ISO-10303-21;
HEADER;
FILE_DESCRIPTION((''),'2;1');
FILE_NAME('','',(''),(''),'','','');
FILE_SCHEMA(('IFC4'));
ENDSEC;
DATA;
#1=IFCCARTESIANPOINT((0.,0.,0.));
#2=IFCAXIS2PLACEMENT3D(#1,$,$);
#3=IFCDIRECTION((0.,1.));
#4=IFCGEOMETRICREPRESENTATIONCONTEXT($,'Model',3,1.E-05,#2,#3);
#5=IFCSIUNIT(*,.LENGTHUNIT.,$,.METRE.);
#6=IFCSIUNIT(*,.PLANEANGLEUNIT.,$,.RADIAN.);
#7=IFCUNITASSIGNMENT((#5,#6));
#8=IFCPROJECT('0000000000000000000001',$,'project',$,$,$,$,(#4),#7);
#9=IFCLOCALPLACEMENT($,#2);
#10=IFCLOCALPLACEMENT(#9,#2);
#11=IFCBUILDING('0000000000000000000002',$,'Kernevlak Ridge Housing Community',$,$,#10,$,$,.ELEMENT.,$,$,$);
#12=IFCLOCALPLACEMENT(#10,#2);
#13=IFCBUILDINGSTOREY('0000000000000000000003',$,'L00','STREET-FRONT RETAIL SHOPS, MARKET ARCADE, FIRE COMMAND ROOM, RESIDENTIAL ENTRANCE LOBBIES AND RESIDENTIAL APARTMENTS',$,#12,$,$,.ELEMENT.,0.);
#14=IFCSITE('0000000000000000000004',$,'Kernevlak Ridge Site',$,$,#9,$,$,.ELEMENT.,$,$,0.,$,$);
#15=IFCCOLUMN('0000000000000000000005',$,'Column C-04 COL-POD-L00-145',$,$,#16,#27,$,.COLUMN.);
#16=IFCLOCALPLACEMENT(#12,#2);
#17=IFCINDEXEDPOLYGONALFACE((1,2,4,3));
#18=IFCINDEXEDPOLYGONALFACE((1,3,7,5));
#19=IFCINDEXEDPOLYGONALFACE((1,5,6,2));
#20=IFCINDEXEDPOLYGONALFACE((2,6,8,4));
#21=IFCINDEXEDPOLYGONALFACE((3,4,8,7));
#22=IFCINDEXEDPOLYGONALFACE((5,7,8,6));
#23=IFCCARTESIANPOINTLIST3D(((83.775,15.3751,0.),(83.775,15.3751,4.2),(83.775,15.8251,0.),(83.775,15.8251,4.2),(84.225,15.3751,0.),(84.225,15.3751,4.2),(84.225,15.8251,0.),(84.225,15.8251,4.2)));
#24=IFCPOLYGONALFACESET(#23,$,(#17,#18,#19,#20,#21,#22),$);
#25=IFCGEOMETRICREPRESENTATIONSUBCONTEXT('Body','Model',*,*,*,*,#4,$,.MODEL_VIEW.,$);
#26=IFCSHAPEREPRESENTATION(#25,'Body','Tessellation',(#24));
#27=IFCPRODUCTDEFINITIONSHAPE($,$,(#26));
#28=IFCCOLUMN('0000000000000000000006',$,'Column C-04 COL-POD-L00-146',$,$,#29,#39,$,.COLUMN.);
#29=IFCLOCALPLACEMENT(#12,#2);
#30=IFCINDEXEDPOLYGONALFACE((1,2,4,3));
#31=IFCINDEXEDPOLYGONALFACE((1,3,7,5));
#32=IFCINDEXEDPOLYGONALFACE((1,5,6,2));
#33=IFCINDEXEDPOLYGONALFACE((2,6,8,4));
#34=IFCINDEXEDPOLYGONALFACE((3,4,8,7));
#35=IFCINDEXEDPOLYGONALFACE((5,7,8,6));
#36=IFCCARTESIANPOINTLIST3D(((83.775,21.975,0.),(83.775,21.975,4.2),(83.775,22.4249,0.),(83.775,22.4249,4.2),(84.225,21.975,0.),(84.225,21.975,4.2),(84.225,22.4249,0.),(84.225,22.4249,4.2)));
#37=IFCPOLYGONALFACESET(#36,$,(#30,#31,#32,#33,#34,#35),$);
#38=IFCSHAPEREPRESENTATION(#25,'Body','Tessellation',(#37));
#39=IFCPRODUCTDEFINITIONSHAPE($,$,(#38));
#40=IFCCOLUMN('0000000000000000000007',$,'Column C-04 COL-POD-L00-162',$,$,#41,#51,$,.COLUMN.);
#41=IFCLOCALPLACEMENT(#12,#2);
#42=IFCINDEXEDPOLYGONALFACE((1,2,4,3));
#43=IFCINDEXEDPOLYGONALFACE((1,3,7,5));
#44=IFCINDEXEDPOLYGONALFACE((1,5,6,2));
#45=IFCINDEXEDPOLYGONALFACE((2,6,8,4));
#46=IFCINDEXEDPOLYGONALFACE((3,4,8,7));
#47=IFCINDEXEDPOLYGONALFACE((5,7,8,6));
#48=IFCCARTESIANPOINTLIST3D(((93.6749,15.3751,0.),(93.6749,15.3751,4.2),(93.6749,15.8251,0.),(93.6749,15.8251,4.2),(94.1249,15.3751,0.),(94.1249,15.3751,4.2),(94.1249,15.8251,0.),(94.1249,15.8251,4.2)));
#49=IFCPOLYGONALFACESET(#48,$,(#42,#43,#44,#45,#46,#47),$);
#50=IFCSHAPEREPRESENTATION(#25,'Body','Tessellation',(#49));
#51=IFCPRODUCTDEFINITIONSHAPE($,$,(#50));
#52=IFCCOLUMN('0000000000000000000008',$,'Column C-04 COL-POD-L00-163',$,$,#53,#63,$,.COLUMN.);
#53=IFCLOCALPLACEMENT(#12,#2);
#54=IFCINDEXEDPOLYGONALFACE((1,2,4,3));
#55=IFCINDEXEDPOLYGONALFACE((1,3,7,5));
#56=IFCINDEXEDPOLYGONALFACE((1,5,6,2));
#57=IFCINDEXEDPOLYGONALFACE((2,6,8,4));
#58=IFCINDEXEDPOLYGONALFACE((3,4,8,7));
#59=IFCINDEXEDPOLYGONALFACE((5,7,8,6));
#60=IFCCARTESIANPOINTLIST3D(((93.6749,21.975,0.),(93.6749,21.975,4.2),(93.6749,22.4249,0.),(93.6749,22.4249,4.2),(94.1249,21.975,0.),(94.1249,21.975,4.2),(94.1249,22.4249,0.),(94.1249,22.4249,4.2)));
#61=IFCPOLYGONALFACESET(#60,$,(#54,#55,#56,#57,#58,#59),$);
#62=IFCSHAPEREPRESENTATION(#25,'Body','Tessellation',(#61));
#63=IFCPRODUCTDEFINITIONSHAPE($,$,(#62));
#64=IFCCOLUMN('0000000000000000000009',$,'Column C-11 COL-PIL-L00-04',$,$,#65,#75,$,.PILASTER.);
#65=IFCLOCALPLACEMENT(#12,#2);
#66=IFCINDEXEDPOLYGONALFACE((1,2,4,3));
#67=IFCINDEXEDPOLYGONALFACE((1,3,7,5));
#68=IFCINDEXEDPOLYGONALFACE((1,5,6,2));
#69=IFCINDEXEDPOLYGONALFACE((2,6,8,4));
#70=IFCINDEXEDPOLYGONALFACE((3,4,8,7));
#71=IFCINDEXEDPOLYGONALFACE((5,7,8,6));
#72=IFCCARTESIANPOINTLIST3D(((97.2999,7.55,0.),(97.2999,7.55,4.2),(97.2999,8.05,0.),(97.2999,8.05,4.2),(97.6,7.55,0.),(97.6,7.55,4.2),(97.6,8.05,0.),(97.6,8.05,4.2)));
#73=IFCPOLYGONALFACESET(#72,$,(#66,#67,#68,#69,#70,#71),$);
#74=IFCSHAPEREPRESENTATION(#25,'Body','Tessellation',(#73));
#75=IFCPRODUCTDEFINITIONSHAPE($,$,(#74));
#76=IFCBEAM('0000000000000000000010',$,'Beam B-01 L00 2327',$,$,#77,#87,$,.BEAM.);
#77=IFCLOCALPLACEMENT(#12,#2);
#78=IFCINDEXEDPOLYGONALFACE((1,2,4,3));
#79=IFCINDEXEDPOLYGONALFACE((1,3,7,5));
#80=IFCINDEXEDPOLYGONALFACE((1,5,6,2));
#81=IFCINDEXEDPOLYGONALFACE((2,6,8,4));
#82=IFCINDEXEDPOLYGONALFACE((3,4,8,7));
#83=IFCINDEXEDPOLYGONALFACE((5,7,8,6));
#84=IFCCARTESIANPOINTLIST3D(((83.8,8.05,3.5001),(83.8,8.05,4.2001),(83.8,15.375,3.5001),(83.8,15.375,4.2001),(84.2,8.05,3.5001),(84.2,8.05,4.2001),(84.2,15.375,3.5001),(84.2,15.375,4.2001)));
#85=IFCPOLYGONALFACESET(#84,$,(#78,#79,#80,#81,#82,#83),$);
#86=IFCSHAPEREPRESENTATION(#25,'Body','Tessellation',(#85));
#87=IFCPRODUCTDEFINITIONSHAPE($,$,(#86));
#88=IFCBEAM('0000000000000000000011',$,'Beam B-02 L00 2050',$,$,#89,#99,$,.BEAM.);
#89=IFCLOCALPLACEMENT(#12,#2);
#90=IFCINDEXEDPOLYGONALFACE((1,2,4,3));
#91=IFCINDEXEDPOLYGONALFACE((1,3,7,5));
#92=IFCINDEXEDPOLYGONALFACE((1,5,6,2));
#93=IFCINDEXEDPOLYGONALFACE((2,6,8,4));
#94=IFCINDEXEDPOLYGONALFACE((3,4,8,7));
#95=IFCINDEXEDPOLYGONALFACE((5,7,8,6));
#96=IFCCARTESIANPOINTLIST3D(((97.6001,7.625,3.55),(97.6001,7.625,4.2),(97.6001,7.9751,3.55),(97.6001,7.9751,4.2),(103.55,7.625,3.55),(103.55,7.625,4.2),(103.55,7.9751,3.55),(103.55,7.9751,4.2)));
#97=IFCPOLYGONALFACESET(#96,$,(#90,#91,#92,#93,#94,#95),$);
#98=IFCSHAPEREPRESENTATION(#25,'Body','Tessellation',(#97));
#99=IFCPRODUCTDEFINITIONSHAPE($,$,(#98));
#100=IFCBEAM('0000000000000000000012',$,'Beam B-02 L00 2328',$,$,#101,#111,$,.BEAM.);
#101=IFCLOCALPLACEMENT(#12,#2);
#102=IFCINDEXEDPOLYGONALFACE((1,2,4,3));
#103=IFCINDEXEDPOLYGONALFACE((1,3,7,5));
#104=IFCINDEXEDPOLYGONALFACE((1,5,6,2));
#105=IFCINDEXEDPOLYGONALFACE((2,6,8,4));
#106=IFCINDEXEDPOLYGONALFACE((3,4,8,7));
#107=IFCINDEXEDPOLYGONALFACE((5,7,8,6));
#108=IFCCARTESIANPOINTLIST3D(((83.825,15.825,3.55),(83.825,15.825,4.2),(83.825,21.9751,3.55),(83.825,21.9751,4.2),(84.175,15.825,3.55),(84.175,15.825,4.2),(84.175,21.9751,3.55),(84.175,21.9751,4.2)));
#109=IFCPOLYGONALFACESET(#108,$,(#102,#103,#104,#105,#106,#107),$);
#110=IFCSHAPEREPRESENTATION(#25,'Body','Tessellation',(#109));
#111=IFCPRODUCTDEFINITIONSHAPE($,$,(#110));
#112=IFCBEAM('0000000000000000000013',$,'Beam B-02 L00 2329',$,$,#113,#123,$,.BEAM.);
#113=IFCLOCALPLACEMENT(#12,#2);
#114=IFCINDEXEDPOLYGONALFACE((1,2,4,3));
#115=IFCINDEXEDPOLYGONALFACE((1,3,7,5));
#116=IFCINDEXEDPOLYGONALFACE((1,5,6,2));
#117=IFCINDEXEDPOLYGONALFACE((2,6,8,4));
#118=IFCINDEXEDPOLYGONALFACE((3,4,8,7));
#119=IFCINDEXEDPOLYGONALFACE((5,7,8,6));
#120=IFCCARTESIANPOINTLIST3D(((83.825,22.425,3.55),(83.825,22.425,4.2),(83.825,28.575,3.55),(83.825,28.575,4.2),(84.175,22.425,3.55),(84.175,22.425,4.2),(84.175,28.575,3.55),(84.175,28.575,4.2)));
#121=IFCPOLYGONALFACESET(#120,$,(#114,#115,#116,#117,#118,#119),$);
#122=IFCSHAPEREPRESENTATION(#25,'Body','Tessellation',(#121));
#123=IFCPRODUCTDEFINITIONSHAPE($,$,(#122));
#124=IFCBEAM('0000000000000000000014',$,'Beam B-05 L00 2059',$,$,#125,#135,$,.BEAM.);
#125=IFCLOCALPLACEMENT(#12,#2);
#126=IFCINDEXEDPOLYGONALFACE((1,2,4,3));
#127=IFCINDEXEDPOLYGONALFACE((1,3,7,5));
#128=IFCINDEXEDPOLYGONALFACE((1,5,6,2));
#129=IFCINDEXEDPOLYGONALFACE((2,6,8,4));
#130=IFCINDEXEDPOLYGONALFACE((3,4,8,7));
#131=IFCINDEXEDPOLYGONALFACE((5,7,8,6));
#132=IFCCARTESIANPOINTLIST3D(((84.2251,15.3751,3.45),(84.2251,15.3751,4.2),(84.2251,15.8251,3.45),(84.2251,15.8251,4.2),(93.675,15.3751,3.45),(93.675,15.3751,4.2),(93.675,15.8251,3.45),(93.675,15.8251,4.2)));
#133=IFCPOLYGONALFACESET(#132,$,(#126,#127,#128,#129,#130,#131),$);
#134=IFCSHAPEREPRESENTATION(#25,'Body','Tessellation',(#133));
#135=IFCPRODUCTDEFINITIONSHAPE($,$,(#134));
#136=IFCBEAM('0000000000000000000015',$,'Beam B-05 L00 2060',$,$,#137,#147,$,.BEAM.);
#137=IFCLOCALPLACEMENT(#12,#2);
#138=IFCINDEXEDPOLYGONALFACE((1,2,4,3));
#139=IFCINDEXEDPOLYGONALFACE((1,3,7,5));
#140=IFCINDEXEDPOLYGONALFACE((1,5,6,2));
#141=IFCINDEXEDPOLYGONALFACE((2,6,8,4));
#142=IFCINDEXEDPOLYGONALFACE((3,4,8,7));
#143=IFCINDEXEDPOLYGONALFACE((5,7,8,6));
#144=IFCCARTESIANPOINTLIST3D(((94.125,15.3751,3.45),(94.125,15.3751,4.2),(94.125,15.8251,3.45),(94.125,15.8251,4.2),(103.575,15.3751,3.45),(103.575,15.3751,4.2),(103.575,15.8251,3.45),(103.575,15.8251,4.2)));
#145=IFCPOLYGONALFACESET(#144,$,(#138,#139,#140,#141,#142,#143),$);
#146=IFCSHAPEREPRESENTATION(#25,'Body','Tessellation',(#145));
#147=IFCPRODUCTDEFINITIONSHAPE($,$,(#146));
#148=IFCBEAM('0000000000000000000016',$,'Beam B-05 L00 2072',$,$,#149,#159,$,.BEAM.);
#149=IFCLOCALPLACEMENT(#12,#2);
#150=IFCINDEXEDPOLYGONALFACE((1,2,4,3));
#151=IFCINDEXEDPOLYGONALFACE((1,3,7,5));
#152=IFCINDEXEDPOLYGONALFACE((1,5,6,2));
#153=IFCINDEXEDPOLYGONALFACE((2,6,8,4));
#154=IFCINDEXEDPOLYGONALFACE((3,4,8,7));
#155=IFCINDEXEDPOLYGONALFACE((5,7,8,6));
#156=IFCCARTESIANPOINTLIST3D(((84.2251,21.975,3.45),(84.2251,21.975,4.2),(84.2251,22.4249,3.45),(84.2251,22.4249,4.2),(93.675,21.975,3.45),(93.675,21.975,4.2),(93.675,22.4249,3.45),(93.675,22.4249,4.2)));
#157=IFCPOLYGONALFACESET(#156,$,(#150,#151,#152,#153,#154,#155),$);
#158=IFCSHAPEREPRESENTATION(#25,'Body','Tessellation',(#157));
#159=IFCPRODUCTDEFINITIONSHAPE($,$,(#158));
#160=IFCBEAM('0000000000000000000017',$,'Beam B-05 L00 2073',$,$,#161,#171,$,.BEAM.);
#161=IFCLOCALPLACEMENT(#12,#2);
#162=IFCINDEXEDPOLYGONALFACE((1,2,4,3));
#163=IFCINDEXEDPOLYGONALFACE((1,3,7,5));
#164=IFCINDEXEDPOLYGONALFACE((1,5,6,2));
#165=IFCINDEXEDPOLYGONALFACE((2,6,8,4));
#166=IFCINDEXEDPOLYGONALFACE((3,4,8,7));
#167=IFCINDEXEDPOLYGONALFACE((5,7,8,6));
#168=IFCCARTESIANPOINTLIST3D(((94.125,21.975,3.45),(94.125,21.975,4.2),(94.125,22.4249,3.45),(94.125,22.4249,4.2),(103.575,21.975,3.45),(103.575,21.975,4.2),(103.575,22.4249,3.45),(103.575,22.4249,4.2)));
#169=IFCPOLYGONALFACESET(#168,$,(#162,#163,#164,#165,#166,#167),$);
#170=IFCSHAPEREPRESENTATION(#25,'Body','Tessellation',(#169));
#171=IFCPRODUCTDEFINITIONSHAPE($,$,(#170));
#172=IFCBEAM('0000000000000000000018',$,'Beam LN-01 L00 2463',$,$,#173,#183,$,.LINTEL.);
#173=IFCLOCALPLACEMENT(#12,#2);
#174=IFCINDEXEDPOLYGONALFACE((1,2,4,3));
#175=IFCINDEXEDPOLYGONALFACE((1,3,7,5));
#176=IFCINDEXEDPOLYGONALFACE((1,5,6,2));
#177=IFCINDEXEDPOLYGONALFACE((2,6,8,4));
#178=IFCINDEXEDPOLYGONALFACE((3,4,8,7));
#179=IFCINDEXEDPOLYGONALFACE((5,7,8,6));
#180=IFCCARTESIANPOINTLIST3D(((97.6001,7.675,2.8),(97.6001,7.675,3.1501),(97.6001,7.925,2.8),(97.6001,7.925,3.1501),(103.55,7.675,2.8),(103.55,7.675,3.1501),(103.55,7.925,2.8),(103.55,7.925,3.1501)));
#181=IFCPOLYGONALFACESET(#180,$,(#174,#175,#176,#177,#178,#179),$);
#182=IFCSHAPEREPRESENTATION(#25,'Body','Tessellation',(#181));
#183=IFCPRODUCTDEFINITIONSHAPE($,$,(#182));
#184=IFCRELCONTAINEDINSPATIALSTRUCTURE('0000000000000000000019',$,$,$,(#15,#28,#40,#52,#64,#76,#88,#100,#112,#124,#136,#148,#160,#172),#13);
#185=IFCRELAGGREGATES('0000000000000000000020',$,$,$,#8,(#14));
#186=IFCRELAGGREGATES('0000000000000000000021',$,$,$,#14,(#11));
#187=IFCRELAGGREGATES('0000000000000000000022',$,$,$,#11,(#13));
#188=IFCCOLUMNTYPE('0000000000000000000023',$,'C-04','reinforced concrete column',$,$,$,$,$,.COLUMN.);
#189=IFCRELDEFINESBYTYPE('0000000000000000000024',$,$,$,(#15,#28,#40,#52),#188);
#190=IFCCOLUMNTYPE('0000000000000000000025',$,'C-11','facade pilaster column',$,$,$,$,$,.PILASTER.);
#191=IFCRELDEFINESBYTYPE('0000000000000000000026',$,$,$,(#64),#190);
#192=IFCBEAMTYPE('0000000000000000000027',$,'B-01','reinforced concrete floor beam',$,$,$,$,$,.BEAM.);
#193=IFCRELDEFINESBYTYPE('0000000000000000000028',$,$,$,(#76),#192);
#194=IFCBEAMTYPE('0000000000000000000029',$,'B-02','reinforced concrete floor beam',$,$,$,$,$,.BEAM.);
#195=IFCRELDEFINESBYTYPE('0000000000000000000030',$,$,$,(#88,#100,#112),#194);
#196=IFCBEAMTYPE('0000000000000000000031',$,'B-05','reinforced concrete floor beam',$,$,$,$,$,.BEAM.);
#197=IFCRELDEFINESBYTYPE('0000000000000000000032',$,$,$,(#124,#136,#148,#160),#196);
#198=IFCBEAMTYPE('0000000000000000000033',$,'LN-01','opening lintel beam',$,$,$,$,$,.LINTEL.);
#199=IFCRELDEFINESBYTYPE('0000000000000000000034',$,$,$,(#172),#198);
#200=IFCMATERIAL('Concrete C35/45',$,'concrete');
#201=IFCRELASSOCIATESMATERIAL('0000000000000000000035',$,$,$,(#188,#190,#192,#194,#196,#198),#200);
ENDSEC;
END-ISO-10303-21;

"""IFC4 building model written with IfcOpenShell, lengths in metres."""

from ifc_helpers import new_model, si_unit, direction, frame, origin, origin_2d, place, context, subcontext, project, spatial, rectangle, extrude, material, material_profile, profile_set, type_object, element, save


model = new_model("IFC4")

# Units and contexts
model_context = context("Model", 3, precision=1e-05, world=origin(), true_north=direction((0.0, 1.0)))
body_context = subcontext(model_context, "Body", "Model", "MODEL_VIEW")
ifc_project = project(units=[si_unit("LENGTHUNIT", "METRE"), si_unit("PLANEANGLEUNIT", "RADIAN")], contexts=[model_context])

# Site, building, storey
site_placement = place(None, origin())
site = spatial("IfcSite", under=ifc_project, at=site_placement, Name="Kernevlak Ridge Site", CompositionType="ELEMENT", RefElevation=0.0)
building_placement = place(site_placement, origin())
building = spatial("IfcBuilding", under=site, at=building_placement, Name="Kernevlak Ridge Housing Community", CompositionType="ELEMENT")
storey_placement = place(building_placement, origin())
storey = spatial("IfcBuildingStorey", under=building, at=storey_placement, Name="L00", Description="STREET-FRONT RETAIL SHOPS, MARKET ARCADE, FIRE COMMAND ROOM, RESIDENTIAL ENTRANCE LOBBIES AND RESIDENTIAL APARTMENTS", CompositionType="ELEMENT", Elevation=0.0)

# Columns
ifc_material_1 = material(Name="Concrete C35/45", Category="concrete")
ifc_material_profile_1 = material_profile(ifc_material_1, rectangle(XDim=0.45, YDim=0.45, at=origin_2d()), Name="RC 450x450")
ifc_profile_set_1 = profile_set([ifc_material_profile_1], Name="Concrete C35/45")
column_type_1 = type_object("IfcColumnType", Name="C-04", Description="reinforced concrete column", PredefinedType="COLUMN", material=ifc_profile_set_1)
for number, where, z_axis, x_axis, name in (
    (1, (84.0, 15.6001, 0.0), (0.0, 0.0, 1.0), (1.0, 0.0, 0.0), "Column C-04 COL-POD-L00-145"),
    (2, (84.0, 22.2, 0.0), (0.0, 0.0, 1.0), (1.0, 0.0, 0.0), "Column C-04 COL-POD-L00-146"),
    (3, (93.8999, 15.6001, 0.0), (0.0, 0.0, 1.0), (1.0, 0.0, 0.0), "Column C-04 COL-POD-L00-162"),
    (4, (93.8999, 22.2, 0.0), (0.0, 0.0, 1.0), (1.0, 0.0, 0.0), "Column C-04 COL-POD-L00-163"),
):
    element("IfcColumn", number, at=place(storey_placement, frame(where, z_axis=z_axis, x_axis=x_axis)), inside=storey, type_object=column_type_1, Name=name, PredefinedType="COLUMN", context=body_context, shape_type="SweptSolid", body=[
        extrude(rectangle(XDim=0.45, YDim=0.45, at=origin_2d()), origin(), (0.0, 0.0, 1.0), 4.2),
    ])
ifc_material_profile_2 = material_profile(ifc_material_1, rectangle(XDim=0.3, YDim=0.5, at=origin_2d()), Name="RC 300x500")
ifc_profile_set_2 = profile_set([ifc_material_profile_2], Name="Concrete C35/45")
column_type_2 = type_object("IfcColumnType", Name="C-11", Description="facade pilaster column", PredefinedType="PILASTER", material=ifc_profile_set_2)
column_placement = place(storey_placement, frame((97.45, 7.8, 0.0), z_axis=(0.0, 0.0, 1.0), x_axis=(1.0, 0.0, 0.0)))
element("IfcColumn", 5, at=column_placement, inside=storey, type_object=column_type_2, Name="Column C-11 COL-PIL-L00-04", PredefinedType="PILASTER", context=body_context, shape_type="SweptSolid", body=[
    extrude(rectangle(XDim=0.3, YDim=0.5, at=origin_2d()), origin(), (0.0, 0.0, 1.0), 4.2),
])

# Beams
ifc_material_profile_3 = material_profile(ifc_material_1, rectangle(XDim=0.3999, YDim=0.7, at=origin_2d()), Name="RC 400x700")
ifc_profile_set_3 = profile_set([ifc_material_profile_3], Name="Concrete C35/45")
beam_type_1 = type_object("IfcBeamType", Name="B-01", Description="reinforced concrete floor beam", PredefinedType="BEAM", material=ifc_profile_set_3)
beam_1_placement = place(storey_placement, frame((84.0, 8.05, 3.8501), z_axis=(0.0, 1.0, 0.0), x_axis=(-1.0, 0.0, 0.0)))
element("IfcBeam", 6, at=beam_1_placement, inside=storey, type_object=beam_type_1, Name="Beam B-01 L00 2327", PredefinedType="BEAM", context=body_context, shape_type="SweptSolid", body=[
    extrude(rectangle(XDim=0.3999, YDim=0.7, at=origin_2d()), origin(), (0.0, 0.0, 1.0), 7.325),
])
ifc_material_profile_4 = material_profile(ifc_material_1, rectangle(XDim=0.3501, YDim=0.6499, at=origin_2d()), Name="RC 350x650")
ifc_profile_set_4 = profile_set([ifc_material_profile_4], Name="Concrete C35/45")
beam_type_2 = type_object("IfcBeamType", Name="B-02", Description="reinforced concrete floor beam", PredefinedType="BEAM", material=ifc_profile_set_4)
beam_2_placement = place(storey_placement, frame((97.6001, 7.8, 3.875), z_axis=(1.0, 0.0, 0.0), x_axis=(0.0, 1.0, 0.0)))
element("IfcBeam", 7, at=beam_2_placement, inside=storey, type_object=beam_type_2, Name="Beam B-02 L00 2050", PredefinedType="BEAM", context=body_context, shape_type="SweptSolid", body=[
    extrude(rectangle(XDim=0.3501, YDim=0.6499, at=origin_2d()), origin(), (0.0, 0.0, 1.0), 5.95),
])
beam_3_placement = place(storey_placement, frame((84.0, 15.825, 3.875), z_axis=(0.0, 1.0, 0.0), x_axis=(-1.0, 0.0, 0.0)))
element("IfcBeam", 8, at=beam_3_placement, inside=storey, type_object=beam_type_2, Name="Beam B-02 L00 2328", PredefinedType="BEAM", context=body_context, shape_type="SweptSolid", body=[
    extrude(rectangle(XDim=0.3501, YDim=0.6499, at=origin_2d()), origin(), (0.0, 0.0, 1.0), 6.1501),
])
beam_4_placement = place(storey_placement, frame((84.0, 22.425, 3.875), z_axis=(0.0, 1.0, 0.0), x_axis=(-1.0, 0.0, 0.0)))
element("IfcBeam", 9, at=beam_4_placement, inside=storey, type_object=beam_type_2, Name="Beam B-02 L00 2329", PredefinedType="BEAM", context=body_context, shape_type="SweptSolid", body=[
    extrude(rectangle(XDim=0.3501, YDim=0.6499, at=origin_2d()), origin(), (0.0, 0.0, 1.0), 6.1499),
])
ifc_material_profile_5 = material_profile(ifc_material_1, rectangle(XDim=0.45, YDim=0.75, at=origin_2d()), Name="RC 450x750")
ifc_profile_set_5 = profile_set([ifc_material_profile_5], Name="Concrete C35/45")
beam_type_3 = type_object("IfcBeamType", Name="B-05", Description="reinforced concrete floor beam", PredefinedType="BEAM", material=ifc_profile_set_5)
for number, where, z_axis, x_axis, name in (
    (10, (84.2251, 15.6001, 3.825), (1.0, 0.0, 0.0), (0.0, 1.0, 0.0), "Beam B-05 L00 2059"),
    (11, (94.125, 15.6001, 3.825), (1.0, 0.0, 0.0), (0.0, 1.0, 0.0), "Beam B-05 L00 2060"),
    (12, (84.2251, 22.2, 3.825), (1.0, 0.0, 0.0), (0.0, 1.0, 0.0), "Beam B-05 L00 2072"),
    (13, (94.125, 22.2, 3.825), (1.0, 0.0, 0.0), (0.0, 1.0, 0.0), "Beam B-05 L00 2073"),
):
    element("IfcBeam", number, at=place(storey_placement, frame(where, z_axis=z_axis, x_axis=x_axis)), inside=storey, type_object=beam_type_3, Name=name, PredefinedType="BEAM", context=body_context, shape_type="SweptSolid", body=[
        extrude(rectangle(XDim=0.45, YDim=0.75, at=origin_2d()), origin(), (0.0, 0.0, 1.0), 9.45),
    ])
ifc_material_profile_6 = material_profile(ifc_material_1, rectangle(XDim=0.25, YDim=0.3501, at=origin_2d()), Name="RC 250x350")
ifc_profile_set_6 = profile_set([ifc_material_profile_6], Name="Concrete C35/45")
beam_type_4 = type_object("IfcBeamType", Name="LN-01", Description="opening lintel beam", PredefinedType="LINTEL", material=ifc_profile_set_6)
beam_5_placement = place(storey_placement, frame((97.6001, 7.8, 2.9751), z_axis=(1.0, 0.0, 0.0), x_axis=(0.0, 1.0, 0.0)))
element("IfcBeam", 14, at=beam_5_placement, inside=storey, type_object=beam_type_4, Name="Beam LN-01 L00 2463", PredefinedType="LINTEL", context=body_context, shape_type="SweptSolid", body=[
    extrude(rectangle(XDim=0.25, YDim=0.3501, at=origin_2d()), origin(), (0.0, 0.0, 1.0), 5.95),
])

save(model, "model.ifc")
